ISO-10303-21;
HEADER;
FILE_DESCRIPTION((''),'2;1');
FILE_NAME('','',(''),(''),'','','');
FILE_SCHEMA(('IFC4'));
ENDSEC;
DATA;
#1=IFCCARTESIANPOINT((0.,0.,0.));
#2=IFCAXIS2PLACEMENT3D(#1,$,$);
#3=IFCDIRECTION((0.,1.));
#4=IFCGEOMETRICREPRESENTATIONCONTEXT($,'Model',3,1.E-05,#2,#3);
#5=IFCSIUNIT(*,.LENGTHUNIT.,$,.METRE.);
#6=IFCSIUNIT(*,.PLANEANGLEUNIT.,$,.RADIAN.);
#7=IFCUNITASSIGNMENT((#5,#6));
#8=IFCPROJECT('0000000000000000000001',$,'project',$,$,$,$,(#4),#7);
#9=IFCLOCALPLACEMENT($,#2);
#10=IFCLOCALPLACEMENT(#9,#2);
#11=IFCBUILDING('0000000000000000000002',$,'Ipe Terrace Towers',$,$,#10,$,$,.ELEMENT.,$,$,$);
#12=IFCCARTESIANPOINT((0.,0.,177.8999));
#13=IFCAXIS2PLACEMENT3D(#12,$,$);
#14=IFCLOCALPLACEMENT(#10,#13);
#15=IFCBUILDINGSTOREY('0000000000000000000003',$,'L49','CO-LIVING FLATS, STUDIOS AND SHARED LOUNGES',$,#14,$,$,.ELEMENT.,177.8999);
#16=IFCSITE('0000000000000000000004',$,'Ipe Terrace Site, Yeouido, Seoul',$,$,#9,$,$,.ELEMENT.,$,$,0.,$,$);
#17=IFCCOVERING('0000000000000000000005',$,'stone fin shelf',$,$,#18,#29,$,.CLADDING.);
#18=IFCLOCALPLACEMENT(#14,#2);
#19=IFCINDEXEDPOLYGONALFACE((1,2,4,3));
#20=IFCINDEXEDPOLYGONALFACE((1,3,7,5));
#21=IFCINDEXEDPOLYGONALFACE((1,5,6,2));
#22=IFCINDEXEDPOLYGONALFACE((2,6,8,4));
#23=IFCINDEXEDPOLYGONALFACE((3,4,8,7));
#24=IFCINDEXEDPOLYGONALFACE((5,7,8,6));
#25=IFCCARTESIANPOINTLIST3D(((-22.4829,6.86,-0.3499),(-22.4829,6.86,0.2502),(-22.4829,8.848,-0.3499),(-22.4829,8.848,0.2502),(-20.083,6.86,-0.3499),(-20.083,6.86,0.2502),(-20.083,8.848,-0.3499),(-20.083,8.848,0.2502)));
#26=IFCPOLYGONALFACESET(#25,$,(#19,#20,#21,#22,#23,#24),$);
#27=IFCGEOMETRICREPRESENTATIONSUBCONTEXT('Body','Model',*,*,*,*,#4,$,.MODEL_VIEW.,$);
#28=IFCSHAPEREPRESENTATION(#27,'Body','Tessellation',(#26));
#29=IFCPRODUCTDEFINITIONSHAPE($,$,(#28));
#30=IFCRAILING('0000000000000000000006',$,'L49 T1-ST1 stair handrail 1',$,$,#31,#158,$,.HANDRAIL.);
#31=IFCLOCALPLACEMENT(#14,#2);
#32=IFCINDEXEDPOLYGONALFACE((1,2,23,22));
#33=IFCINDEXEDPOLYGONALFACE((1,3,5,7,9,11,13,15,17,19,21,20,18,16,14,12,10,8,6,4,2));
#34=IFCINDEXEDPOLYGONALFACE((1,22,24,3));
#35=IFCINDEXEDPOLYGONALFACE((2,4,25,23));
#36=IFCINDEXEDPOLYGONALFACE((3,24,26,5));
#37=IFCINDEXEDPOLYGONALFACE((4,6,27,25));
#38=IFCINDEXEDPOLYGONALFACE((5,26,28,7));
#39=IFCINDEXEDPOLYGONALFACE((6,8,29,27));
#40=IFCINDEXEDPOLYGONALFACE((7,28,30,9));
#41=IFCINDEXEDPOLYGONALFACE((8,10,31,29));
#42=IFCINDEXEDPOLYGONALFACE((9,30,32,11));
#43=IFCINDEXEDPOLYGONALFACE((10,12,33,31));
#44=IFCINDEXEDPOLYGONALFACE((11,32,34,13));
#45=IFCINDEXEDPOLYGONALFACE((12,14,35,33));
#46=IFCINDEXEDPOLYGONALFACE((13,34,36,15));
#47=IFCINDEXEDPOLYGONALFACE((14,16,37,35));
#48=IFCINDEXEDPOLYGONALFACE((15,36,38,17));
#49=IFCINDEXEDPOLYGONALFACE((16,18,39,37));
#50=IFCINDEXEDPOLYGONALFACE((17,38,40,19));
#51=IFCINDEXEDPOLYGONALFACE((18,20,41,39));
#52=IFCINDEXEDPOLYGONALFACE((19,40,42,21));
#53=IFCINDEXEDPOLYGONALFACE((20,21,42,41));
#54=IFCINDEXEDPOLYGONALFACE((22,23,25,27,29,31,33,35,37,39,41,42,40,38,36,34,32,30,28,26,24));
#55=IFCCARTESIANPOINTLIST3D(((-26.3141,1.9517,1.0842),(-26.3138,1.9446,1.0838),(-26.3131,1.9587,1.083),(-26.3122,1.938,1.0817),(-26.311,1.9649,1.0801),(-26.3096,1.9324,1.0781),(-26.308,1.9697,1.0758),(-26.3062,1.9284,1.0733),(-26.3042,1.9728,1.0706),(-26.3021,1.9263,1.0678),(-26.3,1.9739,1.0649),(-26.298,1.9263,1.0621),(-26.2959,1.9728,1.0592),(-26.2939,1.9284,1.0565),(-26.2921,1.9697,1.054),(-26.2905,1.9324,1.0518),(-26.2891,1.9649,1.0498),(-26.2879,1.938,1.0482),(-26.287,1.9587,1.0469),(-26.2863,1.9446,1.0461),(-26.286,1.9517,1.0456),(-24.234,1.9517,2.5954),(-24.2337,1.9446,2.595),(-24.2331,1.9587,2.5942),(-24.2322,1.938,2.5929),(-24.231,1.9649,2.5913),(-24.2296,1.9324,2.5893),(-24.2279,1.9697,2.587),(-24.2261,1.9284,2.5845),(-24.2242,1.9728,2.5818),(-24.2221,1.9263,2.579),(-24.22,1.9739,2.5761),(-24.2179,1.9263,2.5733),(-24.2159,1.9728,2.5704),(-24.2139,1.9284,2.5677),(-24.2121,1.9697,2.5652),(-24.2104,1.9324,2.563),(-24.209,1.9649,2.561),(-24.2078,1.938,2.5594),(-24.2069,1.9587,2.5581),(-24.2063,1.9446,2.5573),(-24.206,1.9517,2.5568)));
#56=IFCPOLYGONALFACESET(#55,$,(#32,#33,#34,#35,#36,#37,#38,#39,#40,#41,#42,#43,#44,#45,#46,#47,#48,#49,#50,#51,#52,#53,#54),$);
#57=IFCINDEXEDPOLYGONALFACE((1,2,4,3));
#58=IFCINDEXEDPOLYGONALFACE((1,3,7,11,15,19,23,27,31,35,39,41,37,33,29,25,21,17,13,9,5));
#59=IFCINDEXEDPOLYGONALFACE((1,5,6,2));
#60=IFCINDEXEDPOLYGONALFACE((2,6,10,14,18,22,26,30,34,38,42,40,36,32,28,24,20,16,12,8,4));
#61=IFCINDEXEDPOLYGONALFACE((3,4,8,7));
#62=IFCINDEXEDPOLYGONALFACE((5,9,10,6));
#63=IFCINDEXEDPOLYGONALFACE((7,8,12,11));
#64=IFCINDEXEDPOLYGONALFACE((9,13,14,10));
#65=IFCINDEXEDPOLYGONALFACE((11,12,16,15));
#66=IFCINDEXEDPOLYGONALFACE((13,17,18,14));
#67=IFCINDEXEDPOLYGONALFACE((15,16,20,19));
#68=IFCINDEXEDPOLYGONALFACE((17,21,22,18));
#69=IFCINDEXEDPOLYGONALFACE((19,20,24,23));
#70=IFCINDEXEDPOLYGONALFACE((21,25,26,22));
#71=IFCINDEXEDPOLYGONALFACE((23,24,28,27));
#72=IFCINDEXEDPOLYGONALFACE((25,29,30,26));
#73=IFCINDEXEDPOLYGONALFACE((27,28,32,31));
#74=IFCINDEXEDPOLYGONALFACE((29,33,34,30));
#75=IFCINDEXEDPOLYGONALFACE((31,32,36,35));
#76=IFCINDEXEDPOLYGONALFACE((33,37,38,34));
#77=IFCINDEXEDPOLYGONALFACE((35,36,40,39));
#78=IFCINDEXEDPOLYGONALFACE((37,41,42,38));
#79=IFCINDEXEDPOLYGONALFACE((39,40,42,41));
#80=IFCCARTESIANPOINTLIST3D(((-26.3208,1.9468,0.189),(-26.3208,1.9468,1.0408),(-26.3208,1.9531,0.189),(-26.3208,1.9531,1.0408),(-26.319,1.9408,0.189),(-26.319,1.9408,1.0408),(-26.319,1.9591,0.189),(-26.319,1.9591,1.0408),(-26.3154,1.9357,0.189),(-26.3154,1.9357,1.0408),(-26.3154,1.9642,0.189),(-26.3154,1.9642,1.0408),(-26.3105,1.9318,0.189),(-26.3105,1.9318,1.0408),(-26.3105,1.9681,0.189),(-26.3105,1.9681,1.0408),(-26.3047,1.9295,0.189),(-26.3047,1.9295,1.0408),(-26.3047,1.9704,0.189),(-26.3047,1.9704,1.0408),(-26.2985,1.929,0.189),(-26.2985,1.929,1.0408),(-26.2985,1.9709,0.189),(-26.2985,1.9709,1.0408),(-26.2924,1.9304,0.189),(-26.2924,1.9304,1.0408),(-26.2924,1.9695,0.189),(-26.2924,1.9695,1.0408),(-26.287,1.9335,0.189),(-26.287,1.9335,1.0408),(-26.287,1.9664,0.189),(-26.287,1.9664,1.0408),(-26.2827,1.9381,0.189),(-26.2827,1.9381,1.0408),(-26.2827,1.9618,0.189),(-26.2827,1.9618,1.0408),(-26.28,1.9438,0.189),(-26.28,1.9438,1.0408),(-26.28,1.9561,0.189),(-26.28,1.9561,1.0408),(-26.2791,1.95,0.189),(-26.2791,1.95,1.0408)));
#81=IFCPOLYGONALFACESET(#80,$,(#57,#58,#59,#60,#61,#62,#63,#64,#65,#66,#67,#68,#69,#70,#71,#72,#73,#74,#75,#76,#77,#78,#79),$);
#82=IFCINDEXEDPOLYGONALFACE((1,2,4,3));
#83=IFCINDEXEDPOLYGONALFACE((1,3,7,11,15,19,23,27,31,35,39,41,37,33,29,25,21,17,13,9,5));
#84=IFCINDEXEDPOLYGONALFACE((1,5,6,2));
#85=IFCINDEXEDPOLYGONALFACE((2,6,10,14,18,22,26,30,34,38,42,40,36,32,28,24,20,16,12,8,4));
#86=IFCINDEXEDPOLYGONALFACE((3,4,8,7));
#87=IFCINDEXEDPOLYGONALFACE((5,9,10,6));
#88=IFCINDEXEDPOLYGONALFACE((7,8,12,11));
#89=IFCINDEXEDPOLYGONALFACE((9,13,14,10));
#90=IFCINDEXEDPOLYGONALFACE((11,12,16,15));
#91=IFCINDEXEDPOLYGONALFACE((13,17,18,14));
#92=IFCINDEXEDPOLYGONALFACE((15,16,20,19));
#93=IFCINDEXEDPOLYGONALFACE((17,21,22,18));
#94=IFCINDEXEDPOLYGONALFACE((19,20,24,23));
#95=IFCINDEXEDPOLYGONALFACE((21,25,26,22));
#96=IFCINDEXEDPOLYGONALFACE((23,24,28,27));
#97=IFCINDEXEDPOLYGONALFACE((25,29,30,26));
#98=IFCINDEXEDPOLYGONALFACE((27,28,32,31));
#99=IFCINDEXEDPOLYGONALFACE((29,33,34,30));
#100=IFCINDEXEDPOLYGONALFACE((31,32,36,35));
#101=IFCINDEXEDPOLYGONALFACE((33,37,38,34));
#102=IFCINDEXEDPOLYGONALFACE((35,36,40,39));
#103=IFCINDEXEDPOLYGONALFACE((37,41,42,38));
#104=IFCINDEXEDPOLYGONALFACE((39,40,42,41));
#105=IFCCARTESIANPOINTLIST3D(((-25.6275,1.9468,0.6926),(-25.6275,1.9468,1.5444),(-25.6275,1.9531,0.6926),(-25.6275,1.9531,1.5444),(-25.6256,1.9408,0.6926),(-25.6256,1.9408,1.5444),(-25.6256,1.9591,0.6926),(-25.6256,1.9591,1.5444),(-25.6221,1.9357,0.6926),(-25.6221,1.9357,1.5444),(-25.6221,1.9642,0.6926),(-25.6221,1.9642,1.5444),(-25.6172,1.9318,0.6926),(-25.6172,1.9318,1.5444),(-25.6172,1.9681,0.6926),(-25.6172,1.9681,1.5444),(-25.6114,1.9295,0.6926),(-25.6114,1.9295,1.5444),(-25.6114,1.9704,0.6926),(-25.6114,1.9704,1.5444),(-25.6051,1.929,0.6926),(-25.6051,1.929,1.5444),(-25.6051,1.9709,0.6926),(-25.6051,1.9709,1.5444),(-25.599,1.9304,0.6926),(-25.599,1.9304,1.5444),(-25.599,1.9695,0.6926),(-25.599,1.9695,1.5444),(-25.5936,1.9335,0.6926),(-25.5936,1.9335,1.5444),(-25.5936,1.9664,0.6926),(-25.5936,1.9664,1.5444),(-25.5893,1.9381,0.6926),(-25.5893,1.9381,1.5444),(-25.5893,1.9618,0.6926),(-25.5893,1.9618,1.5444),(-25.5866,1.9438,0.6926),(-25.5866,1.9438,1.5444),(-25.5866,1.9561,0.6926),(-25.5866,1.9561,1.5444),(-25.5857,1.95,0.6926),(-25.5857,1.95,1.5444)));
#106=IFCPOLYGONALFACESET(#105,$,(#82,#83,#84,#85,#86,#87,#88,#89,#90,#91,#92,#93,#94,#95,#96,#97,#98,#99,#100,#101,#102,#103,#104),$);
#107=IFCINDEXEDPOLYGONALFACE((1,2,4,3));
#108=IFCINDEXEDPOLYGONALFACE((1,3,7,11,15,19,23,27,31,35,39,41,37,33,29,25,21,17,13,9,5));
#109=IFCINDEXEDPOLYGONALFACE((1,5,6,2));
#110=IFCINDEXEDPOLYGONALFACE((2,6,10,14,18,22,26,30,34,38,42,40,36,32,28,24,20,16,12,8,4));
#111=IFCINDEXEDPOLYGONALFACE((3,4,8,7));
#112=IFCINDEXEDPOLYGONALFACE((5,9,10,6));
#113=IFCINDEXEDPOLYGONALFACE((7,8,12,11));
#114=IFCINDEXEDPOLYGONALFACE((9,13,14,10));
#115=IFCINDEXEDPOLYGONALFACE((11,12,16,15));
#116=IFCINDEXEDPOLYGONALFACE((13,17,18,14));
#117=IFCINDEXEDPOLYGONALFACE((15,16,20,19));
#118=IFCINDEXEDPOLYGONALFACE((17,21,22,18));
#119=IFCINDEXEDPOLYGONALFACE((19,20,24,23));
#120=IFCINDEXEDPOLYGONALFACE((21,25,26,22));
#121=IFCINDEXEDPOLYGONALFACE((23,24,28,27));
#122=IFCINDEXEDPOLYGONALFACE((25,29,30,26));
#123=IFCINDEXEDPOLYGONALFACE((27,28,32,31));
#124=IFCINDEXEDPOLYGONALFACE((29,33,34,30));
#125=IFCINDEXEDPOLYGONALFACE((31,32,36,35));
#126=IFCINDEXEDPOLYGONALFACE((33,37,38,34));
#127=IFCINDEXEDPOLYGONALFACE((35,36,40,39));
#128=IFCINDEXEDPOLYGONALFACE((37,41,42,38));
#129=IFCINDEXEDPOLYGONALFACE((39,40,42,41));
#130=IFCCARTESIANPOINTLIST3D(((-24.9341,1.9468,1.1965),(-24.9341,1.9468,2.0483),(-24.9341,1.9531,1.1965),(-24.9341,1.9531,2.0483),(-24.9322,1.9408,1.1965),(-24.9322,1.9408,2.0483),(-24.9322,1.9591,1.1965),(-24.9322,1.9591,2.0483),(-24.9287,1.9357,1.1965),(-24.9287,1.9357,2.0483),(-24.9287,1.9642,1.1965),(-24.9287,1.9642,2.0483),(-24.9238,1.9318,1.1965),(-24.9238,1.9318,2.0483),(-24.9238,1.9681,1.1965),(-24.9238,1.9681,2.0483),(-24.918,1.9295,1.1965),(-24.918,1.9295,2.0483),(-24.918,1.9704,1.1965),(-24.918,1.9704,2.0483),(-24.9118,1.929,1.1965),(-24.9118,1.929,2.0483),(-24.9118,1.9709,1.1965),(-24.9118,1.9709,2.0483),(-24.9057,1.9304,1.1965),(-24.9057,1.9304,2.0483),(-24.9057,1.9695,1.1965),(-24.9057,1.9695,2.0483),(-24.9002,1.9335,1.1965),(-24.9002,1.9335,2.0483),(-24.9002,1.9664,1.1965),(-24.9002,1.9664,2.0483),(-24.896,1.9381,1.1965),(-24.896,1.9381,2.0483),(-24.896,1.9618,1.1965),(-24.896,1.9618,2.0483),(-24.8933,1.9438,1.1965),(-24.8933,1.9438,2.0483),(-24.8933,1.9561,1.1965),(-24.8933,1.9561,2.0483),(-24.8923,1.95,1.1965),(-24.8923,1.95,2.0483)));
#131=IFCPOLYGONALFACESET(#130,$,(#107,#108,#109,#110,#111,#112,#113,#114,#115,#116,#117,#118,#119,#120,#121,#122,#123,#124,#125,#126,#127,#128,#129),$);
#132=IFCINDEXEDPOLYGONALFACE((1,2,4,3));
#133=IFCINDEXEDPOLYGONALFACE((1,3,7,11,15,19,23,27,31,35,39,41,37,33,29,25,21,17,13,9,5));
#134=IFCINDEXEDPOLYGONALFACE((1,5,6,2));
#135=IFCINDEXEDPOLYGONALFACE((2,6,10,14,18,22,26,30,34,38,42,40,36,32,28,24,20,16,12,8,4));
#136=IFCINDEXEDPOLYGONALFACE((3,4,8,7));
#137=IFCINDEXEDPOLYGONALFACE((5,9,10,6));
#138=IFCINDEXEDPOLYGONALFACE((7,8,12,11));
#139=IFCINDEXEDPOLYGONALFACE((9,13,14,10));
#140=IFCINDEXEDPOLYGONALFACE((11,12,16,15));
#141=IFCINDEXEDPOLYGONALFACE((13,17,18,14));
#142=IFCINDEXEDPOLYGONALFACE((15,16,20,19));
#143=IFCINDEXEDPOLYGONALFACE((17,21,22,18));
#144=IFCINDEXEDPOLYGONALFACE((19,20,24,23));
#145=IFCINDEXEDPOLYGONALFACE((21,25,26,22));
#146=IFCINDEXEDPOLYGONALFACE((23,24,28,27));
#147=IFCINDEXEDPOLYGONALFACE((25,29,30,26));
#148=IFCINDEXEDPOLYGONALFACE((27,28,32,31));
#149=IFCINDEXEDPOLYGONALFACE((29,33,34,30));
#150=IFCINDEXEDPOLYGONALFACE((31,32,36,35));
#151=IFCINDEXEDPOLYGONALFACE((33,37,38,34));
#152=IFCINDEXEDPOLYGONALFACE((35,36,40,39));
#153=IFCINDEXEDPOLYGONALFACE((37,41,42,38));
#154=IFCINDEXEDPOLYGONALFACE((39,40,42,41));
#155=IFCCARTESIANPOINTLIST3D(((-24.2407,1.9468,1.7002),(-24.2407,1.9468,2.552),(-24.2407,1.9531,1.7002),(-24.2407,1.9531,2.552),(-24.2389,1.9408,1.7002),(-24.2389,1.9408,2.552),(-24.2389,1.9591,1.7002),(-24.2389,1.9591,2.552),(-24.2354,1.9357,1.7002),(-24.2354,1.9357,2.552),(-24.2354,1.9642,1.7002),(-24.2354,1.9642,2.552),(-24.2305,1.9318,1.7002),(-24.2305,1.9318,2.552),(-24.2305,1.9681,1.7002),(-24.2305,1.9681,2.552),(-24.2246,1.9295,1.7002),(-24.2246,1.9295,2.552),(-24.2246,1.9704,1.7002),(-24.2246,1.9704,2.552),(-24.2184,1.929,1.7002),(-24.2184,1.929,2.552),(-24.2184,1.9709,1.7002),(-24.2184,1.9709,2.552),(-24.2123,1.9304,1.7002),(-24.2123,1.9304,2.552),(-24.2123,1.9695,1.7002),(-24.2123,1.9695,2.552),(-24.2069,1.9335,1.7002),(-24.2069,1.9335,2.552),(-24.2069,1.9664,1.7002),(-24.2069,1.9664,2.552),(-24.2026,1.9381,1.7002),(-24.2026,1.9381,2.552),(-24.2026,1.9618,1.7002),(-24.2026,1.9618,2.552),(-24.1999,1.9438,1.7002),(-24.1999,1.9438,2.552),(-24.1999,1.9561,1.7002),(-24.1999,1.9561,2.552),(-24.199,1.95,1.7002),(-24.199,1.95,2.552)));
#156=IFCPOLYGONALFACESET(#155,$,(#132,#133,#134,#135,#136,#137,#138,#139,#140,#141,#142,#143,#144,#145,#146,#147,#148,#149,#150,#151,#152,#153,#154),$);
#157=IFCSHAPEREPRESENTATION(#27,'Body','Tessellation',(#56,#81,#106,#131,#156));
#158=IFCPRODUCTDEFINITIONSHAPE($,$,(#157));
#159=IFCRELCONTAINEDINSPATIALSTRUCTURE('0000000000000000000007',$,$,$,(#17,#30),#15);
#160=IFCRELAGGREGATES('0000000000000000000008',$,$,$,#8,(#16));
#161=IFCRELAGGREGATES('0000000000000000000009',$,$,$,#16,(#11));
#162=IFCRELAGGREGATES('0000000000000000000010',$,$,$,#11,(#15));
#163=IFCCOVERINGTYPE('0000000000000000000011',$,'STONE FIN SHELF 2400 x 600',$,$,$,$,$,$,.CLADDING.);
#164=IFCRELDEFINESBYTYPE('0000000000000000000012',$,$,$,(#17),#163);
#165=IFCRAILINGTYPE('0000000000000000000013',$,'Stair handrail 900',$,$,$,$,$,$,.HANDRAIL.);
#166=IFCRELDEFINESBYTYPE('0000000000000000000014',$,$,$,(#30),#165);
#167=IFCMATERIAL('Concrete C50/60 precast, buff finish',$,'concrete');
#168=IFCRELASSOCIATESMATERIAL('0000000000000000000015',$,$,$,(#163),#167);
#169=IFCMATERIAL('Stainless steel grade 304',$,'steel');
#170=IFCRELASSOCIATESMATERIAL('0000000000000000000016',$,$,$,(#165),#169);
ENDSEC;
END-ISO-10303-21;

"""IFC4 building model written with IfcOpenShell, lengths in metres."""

from ifc_helpers import new_model, si_unit, direction, frame, origin, origin_2d, place, context, subcontext, project, spatial, rectangle, circle, extrude, material, type_object, element, save


model = new_model("IFC4")

# Units and contexts
model_context = context("Model", 3, precision=1e-05, world=origin(), true_north=direction((0.0, 1.0)))
body_context = subcontext(model_context, "Body", "Model", "MODEL_VIEW")
ifc_project = project(units=[si_unit("LENGTHUNIT", "METRE"), si_unit("PLANEANGLEUNIT", "RADIAN")], contexts=[model_context])

# Site, building, storey
site_placement = place(None, origin())
site = spatial("IfcSite", under=ifc_project, at=site_placement, Name="Ipe Terrace Site, Yeouido, Seoul", CompositionType="ELEMENT", RefElevation=0.0)
building_placement = place(site_placement, origin())
building = spatial("IfcBuilding", under=site, at=building_placement, Name="Ipe Terrace Towers", CompositionType="ELEMENT")
storey_placement = place(building_placement, frame((0.0, 0.0, 177.8999)))
storey = spatial("IfcBuildingStorey", under=building, at=storey_placement, Name="L49", Description="CO-LIVING FLATS, STUDIOS AND SHARED LOUNGES", CompositionType="ELEMENT", Elevation=177.8999)

# Covering
ifc_material_1 = material(Name="Concrete C50/60 precast, buff finish", Category="concrete")
covering_type_1 = type_object("IfcCoveringType", Name="STONE FIN SHELF 2400 x 600", PredefinedType="CLADDING", material=ifc_material_1)
covering_1_placement = place(storey_placement, frame((-21.283, 7.854, -0.3499), z_axis=(0.0, 0.0, 1.0), x_axis=(-1.0, 0.0, 0.0)))
element("IfcCovering", 1, at=covering_1_placement, inside=storey, type_object=covering_type_1, Name="stone fin shelf", PredefinedType="CLADDING", context=body_context, shape_type="SweptSolid", body=[
    extrude(rectangle(XDim=2.3999, YDim=1.988, at=origin_2d()), origin(), (0.0, 0.0, 1.0), 0.6001),
])

# Railing
ifc_material_2 = material(Name="Stainless steel grade 304", Category="steel")
railing_type_1 = type_object("IfcRailingType", Name="Stair handrail 900", PredefinedType="HANDRAIL", material=ifc_material_2)
railing_1_placement = place(storey_placement, frame((-26.3, 1.95, 0.189)))
element("IfcRailing", 2, at=railing_1_placement, inside=storey, type_object=railing_type_1, Name="L49 T1-ST1 stair handrail 1", PredefinedType="HANDRAIL", context=body_context, shape_type="SweptSolid", body=[
    extrude(circle(Radius=0.0239, at=origin_2d()), frame((0.0, 0.0, 0.876), z_axis=(0.809023, 0.0, 0.587776), x_axis=(0.0, 1.0, 0.0)), (0.0, 0.0, 1.0), 2.571),
    extrude(circle(Radius=0.021, at=origin_2d()), origin(), (0.0, 0.0, 1.0), 0.8518),
    extrude(circle(Radius=0.021, at=origin_2d()), frame((0.6934, 0.0, 0.5037)), (0.0, 0.0, 1.0), 0.8518),
    extrude(circle(Radius=0.021, at=origin_2d()), frame((1.3867, 0.0, 1.0076)), (0.0, 0.0, 1.0), 0.8518),
    extrude(circle(Radius=0.021, at=origin_2d()), frame((2.0801, 0.0, 1.5112)), (0.0, 0.0, 1.0), 0.8518),
])

save(model, "model.ifc")
